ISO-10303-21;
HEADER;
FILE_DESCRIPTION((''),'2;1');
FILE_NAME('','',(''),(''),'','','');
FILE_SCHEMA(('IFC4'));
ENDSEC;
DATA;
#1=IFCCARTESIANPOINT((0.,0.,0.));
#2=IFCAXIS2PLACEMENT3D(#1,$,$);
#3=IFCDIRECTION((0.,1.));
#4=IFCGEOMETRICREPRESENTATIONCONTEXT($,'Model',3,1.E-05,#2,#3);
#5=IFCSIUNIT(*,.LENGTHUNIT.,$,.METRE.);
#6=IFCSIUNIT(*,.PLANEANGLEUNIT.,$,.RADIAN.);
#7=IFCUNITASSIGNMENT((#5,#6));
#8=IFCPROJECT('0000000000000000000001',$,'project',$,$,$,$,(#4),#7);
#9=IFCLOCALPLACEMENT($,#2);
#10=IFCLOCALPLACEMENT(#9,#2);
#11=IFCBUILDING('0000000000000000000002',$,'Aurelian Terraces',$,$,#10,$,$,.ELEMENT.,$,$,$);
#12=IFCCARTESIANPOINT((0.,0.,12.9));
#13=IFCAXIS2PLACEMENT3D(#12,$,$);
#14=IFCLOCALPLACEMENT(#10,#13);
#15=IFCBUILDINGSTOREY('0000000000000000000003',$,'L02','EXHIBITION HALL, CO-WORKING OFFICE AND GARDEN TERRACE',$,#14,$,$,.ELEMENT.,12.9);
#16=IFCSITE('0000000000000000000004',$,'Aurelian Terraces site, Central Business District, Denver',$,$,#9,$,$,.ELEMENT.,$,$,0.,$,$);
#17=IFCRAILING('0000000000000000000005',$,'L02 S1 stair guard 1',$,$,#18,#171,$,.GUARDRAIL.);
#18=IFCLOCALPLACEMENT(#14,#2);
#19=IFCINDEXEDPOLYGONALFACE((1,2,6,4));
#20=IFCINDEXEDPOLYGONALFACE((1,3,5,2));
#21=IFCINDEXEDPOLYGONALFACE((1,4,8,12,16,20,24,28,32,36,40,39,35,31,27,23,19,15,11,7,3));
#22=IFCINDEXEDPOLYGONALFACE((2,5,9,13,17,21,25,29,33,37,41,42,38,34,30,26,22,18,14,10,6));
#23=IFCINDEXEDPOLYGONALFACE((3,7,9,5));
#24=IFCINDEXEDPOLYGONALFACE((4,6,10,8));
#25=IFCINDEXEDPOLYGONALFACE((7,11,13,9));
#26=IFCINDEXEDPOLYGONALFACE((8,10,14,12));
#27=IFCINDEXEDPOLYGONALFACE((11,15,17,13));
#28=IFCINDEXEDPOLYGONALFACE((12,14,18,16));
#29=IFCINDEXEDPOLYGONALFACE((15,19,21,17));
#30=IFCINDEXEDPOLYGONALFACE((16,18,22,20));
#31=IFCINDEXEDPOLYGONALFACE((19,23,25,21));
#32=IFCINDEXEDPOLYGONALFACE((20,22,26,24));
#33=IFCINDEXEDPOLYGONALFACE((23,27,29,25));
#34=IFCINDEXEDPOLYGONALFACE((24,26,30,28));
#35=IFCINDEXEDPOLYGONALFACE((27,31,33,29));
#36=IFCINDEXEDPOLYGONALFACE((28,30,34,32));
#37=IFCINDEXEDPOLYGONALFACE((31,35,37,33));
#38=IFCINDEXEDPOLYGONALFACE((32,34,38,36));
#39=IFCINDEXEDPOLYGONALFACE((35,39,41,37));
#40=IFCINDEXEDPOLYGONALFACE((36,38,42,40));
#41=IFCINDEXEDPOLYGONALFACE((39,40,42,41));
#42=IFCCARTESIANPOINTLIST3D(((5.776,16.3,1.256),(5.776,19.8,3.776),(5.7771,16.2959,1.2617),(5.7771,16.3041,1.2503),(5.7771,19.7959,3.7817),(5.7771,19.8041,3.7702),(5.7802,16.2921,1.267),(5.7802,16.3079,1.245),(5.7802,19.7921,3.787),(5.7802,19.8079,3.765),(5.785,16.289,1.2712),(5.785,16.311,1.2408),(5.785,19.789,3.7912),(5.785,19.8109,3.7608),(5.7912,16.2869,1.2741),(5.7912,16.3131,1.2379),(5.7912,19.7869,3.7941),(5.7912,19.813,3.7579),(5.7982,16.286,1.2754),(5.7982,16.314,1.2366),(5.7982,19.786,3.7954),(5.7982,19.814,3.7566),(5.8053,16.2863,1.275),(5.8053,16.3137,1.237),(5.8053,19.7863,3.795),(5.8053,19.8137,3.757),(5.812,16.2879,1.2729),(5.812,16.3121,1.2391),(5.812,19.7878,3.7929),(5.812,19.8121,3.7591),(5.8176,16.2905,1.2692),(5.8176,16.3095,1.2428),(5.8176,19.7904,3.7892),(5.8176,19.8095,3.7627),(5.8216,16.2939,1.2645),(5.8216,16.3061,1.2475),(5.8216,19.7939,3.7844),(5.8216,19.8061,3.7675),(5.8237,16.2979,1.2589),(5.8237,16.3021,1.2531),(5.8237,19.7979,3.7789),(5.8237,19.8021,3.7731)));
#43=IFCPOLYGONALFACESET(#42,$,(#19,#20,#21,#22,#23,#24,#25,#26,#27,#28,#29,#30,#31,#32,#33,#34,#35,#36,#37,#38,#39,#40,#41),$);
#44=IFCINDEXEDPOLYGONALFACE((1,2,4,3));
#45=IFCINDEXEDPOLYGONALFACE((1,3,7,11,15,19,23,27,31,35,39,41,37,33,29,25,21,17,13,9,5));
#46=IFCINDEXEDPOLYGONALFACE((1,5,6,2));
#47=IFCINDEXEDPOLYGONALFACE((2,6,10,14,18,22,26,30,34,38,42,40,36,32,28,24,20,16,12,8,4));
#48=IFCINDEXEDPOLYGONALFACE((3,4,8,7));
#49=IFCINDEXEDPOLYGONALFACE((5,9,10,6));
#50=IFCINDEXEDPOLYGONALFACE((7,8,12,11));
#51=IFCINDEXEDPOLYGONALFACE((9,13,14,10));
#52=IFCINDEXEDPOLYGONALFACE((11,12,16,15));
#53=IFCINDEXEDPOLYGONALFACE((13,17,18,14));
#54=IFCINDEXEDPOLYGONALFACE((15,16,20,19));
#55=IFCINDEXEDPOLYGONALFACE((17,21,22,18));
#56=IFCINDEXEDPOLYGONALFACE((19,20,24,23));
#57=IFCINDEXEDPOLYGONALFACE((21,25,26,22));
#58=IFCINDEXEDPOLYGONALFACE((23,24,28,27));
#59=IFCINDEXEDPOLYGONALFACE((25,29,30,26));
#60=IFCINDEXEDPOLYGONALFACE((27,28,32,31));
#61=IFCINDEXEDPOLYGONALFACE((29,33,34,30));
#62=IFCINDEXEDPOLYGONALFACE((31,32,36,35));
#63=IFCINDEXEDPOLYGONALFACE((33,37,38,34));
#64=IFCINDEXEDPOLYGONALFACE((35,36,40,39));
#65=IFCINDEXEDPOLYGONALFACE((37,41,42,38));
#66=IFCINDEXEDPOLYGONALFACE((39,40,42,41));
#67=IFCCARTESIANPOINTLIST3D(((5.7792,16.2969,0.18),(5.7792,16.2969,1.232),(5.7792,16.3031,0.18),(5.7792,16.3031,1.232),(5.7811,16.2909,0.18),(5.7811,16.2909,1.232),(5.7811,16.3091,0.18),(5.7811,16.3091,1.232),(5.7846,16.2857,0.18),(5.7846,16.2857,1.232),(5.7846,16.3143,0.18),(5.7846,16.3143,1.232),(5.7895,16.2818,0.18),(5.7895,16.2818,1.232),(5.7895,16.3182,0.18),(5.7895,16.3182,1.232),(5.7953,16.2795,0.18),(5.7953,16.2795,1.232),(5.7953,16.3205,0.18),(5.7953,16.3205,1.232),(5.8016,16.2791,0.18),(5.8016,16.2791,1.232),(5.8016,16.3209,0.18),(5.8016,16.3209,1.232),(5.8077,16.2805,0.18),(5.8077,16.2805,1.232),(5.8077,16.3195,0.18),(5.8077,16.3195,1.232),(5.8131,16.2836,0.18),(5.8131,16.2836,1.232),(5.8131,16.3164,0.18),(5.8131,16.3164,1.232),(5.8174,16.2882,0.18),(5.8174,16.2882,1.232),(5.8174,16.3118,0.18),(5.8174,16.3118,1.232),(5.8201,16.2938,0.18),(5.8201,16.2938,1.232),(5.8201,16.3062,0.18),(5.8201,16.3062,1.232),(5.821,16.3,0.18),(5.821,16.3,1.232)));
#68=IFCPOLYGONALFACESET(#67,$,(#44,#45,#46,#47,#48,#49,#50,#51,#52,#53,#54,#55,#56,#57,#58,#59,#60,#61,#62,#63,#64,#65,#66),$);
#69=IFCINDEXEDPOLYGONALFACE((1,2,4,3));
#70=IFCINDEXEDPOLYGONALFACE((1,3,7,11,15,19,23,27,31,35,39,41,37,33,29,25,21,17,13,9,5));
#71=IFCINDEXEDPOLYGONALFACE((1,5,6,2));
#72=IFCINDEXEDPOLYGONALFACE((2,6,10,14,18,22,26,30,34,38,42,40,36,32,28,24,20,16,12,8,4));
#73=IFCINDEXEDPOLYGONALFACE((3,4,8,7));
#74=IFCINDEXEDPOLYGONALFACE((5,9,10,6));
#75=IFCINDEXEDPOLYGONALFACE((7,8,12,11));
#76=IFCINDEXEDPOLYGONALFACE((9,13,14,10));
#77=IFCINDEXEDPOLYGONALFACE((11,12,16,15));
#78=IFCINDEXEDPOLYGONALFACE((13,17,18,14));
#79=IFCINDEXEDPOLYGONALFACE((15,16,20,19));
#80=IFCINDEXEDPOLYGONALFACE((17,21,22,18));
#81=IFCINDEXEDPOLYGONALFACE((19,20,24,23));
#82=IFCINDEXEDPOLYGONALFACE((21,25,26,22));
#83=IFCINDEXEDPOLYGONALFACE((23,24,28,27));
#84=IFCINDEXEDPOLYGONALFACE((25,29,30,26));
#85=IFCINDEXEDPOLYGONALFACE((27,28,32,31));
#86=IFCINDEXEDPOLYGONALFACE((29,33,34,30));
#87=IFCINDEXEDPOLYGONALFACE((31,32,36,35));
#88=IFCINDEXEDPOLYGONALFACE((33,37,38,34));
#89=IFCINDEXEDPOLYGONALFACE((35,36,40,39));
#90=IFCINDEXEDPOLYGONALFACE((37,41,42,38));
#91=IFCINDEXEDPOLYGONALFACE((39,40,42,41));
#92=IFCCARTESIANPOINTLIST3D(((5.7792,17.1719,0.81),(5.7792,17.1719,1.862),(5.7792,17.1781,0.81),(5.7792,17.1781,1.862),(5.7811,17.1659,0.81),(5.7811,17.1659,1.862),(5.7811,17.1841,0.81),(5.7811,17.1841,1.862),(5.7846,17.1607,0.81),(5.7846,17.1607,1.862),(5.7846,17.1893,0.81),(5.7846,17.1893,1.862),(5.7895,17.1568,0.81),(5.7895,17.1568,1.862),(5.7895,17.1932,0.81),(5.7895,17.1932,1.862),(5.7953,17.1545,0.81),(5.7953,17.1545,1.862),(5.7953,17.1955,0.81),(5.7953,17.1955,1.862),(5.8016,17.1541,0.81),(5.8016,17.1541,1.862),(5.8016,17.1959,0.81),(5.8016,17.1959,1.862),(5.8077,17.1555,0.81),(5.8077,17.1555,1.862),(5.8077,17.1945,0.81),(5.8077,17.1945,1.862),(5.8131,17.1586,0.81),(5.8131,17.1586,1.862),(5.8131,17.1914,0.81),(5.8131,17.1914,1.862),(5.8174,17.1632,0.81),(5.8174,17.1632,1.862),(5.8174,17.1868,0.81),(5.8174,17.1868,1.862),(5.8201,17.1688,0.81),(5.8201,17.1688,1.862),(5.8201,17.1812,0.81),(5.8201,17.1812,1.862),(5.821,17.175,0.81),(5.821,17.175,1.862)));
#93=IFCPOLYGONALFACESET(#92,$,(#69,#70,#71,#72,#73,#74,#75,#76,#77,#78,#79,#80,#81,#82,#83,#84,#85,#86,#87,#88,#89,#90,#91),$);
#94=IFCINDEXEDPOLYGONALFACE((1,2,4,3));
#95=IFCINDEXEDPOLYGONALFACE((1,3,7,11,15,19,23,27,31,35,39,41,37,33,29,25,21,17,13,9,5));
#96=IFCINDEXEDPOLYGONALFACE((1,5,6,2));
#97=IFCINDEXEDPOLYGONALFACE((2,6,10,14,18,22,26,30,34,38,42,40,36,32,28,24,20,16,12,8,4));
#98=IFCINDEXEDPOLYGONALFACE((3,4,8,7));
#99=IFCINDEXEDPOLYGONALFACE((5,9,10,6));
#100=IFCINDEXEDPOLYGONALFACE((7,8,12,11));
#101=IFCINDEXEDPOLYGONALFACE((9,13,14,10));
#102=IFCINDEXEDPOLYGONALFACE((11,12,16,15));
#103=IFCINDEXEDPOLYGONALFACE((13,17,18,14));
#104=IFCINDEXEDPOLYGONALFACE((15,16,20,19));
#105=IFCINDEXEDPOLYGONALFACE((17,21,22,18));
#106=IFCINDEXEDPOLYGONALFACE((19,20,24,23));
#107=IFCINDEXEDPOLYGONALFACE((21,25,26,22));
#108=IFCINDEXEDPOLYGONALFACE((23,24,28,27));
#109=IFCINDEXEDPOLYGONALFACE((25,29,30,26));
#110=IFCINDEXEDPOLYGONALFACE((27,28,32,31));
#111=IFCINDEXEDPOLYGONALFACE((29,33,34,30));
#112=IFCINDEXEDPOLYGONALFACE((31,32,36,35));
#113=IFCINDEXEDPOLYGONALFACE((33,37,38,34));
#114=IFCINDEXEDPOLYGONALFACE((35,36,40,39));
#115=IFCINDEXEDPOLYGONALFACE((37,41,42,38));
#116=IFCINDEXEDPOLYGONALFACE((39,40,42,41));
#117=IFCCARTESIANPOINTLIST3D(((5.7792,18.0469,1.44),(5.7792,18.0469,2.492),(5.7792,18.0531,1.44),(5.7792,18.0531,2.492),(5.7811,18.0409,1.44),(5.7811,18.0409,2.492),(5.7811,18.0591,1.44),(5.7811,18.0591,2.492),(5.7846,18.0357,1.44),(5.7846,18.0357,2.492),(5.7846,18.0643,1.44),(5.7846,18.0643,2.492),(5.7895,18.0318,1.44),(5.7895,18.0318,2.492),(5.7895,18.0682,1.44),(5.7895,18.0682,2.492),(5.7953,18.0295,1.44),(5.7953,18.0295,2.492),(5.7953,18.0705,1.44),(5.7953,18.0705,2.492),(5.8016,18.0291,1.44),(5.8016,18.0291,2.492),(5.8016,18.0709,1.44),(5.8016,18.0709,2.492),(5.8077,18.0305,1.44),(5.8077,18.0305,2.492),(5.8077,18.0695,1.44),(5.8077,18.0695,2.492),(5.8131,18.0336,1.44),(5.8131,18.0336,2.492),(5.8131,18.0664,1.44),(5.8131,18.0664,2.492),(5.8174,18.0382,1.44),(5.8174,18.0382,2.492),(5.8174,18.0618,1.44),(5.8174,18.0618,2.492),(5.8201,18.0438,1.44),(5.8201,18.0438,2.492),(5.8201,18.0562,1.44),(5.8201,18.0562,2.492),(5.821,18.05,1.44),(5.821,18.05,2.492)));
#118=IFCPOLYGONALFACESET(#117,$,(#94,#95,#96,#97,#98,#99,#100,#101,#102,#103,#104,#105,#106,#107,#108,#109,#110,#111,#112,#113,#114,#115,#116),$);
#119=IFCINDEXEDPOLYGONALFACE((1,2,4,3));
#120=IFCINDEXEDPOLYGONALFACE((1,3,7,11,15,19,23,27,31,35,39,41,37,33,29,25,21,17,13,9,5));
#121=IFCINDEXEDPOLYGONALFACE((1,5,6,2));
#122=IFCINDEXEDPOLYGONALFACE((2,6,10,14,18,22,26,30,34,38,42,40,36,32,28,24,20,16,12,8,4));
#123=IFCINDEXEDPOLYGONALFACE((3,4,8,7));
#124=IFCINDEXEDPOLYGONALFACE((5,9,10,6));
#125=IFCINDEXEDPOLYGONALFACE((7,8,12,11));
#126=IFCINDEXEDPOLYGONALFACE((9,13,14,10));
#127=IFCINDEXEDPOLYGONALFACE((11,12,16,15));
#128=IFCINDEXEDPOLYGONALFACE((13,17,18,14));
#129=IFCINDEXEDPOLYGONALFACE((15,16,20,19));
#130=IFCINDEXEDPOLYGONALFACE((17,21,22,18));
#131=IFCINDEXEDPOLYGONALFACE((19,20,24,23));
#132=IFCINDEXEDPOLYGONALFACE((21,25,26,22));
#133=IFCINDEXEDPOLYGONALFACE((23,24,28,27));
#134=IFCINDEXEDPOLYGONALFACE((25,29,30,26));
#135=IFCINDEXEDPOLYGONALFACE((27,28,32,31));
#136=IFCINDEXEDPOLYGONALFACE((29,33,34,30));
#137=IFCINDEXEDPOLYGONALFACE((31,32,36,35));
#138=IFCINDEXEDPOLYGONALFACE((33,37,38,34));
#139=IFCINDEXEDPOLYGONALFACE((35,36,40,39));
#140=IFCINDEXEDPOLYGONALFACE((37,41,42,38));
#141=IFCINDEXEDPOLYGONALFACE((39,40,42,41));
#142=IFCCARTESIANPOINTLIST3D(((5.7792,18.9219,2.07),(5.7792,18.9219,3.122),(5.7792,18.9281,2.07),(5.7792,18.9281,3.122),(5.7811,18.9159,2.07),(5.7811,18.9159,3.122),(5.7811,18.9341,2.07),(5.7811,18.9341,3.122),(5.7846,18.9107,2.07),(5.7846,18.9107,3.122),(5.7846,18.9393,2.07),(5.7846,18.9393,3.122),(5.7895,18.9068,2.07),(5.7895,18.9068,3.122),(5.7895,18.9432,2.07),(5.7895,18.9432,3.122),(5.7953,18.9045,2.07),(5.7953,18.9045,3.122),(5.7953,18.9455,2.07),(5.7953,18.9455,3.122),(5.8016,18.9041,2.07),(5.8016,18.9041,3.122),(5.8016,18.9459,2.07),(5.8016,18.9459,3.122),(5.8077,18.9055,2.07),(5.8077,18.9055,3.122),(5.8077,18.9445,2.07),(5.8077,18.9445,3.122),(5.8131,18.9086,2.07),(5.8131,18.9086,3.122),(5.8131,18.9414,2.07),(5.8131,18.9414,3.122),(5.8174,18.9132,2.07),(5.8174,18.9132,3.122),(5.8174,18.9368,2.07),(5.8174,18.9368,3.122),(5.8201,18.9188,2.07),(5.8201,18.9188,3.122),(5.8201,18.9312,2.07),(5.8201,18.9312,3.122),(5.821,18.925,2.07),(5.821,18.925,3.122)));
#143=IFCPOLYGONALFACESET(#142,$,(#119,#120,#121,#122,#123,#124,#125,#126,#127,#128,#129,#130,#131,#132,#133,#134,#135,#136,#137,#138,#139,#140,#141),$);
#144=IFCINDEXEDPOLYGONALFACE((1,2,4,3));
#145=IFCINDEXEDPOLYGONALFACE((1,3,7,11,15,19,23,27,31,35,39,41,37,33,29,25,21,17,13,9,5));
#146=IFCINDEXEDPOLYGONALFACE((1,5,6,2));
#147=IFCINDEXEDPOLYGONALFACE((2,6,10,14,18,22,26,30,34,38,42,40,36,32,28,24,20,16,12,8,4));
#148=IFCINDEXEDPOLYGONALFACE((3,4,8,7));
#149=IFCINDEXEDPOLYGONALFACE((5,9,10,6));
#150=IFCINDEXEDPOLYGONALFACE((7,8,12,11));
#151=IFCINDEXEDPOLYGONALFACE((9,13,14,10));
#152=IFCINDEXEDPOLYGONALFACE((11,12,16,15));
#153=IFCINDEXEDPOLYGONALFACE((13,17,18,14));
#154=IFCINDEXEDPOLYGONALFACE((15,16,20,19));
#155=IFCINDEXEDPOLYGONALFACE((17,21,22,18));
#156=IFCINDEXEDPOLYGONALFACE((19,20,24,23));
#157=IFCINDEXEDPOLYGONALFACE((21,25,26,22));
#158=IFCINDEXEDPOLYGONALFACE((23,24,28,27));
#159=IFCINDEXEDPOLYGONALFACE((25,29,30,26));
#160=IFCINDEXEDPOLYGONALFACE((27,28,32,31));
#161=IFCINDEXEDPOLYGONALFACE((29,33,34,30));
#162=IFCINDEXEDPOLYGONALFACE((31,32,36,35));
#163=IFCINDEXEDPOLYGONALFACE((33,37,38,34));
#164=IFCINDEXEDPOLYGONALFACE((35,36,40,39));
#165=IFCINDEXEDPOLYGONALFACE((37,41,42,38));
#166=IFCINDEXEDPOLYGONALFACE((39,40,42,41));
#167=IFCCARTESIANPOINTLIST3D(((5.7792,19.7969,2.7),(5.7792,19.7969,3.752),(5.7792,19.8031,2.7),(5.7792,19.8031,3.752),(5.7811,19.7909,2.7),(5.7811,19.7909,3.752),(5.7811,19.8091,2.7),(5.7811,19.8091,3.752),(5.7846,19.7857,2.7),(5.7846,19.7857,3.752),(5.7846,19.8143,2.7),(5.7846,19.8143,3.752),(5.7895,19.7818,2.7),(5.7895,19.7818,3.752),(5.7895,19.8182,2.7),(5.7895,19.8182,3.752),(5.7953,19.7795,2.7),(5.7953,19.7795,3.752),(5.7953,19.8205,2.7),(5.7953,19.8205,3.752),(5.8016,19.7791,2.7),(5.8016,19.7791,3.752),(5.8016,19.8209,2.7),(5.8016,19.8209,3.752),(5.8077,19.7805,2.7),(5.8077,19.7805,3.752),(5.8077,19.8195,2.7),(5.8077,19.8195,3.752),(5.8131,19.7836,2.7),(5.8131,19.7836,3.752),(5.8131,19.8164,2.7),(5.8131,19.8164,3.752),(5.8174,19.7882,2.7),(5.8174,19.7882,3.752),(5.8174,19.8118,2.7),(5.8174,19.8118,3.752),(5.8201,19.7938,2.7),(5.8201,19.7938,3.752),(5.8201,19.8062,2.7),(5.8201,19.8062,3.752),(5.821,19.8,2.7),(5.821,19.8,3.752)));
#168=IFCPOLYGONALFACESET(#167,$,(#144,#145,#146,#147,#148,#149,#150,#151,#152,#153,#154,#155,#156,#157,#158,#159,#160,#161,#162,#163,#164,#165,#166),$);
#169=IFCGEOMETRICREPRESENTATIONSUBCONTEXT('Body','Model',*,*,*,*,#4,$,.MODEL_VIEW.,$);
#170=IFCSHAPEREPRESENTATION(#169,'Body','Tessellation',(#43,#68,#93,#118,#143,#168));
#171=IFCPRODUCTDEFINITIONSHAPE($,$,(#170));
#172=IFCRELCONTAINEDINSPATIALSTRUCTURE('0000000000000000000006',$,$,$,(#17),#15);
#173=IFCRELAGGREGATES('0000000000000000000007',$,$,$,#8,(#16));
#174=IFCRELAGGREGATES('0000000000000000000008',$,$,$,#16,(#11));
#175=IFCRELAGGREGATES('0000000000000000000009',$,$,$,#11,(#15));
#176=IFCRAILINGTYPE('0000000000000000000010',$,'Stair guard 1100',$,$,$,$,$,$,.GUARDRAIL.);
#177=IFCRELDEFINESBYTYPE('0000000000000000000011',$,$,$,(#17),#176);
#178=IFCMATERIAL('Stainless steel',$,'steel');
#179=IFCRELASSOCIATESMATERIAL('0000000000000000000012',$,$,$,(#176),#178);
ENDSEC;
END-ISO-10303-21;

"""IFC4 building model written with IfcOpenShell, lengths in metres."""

from ifc_helpers import new_model, si_unit, direction, frame, origin, origin_2d, place, context, subcontext, project, spatial, circle, extrude, source, transform, mapped, material, type_object, element, save


model = new_model("IFC4")

# Units and contexts
model_context = context("Model", 3, precision=1e-05, world=origin(), true_north=direction((0.0, 1.0)))
body_context = subcontext(model_context, "Body", "Model", "MODEL_VIEW")
ifc_project = project(units=[si_unit("LENGTHUNIT", "METRE"), si_unit("PLANEANGLEUNIT", "RADIAN")], contexts=[model_context])

# Site, building, storey
site_placement = place(None, origin())
site = spatial("IfcSite", under=ifc_project, at=site_placement, Name="Aurelian Terraces site, Central Business District, Denver", CompositionType="ELEMENT", RefElevation=0.0)
building_placement = place(site_placement, origin())
building = spatial("IfcBuilding", under=site, at=building_placement, Name="Aurelian Terraces", CompositionType="ELEMENT")
storey_placement = place(building_placement, frame((0.0, 0.0, 12.9)))
storey = spatial("IfcBuildingStorey", under=building, at=storey_placement, Name="L02", Description="EXHIBITION HALL, CO-WORKING OFFICE AND GARDEN TERRACE", CompositionType="ELEMENT", Elevation=12.9)

# Shared definitions
ifc_material_1 = material(Name="Stainless steel", Category="steel")

# Railing
railing_type_1 = type_object("IfcRailingType", Name="Stair guard 1100", PredefinedType="GUARDRAIL", material=ifc_material_1)
shared_shape_1 = source(origin(), body_context, "Body", "SweptSolid", [
    extrude(circle(Radius=0.024, at=origin_2d()), frame((0.0, 0.0, 1.076), z_axis=(0.0, 0.811534, 0.584305), x_axis=(-1.0, 0.0, 0.0)), (0.0, 0.0, 1.0), 4.3128),
    extrude(circle(Radius=0.021, at=origin_2d()), origin(), (0.0, 0.0, 1.0), 1.052),
    extrude(circle(Radius=0.021, at=origin_2d()), frame((0.0, 0.875, 0.63)), (0.0, 0.0, 1.0), 1.052),
    extrude(circle(Radius=0.021, at=origin_2d()), frame((0.0, 1.75, 1.26)), (0.0, 0.0, 1.0), 1.052),
    extrude(circle(Radius=0.021, at=origin_2d()), frame((0.0, 2.625, 1.89)), (0.0, 0.0, 1.0), 1.052),
    extrude(circle(Radius=0.021, at=origin_2d()), frame((0.0, 3.5, 2.52)), (0.0, 0.0, 1.0), 1.052),
])
railing_1_placement = place(storey_placement, frame((5.8, 16.3, 0.18)))
element("IfcRailing", 1, at=railing_1_placement, inside=storey, type_object=railing_type_1, Name="L02 S1 stair guard 1", PredefinedType="GUARDRAIL", context=body_context, shape_type="MappedRepresentation", body=[
    mapped(shared_shape_1, transform((0.0, 0.0, 0.0), scale=1.0)),
])

save(model, "model.ifc")
